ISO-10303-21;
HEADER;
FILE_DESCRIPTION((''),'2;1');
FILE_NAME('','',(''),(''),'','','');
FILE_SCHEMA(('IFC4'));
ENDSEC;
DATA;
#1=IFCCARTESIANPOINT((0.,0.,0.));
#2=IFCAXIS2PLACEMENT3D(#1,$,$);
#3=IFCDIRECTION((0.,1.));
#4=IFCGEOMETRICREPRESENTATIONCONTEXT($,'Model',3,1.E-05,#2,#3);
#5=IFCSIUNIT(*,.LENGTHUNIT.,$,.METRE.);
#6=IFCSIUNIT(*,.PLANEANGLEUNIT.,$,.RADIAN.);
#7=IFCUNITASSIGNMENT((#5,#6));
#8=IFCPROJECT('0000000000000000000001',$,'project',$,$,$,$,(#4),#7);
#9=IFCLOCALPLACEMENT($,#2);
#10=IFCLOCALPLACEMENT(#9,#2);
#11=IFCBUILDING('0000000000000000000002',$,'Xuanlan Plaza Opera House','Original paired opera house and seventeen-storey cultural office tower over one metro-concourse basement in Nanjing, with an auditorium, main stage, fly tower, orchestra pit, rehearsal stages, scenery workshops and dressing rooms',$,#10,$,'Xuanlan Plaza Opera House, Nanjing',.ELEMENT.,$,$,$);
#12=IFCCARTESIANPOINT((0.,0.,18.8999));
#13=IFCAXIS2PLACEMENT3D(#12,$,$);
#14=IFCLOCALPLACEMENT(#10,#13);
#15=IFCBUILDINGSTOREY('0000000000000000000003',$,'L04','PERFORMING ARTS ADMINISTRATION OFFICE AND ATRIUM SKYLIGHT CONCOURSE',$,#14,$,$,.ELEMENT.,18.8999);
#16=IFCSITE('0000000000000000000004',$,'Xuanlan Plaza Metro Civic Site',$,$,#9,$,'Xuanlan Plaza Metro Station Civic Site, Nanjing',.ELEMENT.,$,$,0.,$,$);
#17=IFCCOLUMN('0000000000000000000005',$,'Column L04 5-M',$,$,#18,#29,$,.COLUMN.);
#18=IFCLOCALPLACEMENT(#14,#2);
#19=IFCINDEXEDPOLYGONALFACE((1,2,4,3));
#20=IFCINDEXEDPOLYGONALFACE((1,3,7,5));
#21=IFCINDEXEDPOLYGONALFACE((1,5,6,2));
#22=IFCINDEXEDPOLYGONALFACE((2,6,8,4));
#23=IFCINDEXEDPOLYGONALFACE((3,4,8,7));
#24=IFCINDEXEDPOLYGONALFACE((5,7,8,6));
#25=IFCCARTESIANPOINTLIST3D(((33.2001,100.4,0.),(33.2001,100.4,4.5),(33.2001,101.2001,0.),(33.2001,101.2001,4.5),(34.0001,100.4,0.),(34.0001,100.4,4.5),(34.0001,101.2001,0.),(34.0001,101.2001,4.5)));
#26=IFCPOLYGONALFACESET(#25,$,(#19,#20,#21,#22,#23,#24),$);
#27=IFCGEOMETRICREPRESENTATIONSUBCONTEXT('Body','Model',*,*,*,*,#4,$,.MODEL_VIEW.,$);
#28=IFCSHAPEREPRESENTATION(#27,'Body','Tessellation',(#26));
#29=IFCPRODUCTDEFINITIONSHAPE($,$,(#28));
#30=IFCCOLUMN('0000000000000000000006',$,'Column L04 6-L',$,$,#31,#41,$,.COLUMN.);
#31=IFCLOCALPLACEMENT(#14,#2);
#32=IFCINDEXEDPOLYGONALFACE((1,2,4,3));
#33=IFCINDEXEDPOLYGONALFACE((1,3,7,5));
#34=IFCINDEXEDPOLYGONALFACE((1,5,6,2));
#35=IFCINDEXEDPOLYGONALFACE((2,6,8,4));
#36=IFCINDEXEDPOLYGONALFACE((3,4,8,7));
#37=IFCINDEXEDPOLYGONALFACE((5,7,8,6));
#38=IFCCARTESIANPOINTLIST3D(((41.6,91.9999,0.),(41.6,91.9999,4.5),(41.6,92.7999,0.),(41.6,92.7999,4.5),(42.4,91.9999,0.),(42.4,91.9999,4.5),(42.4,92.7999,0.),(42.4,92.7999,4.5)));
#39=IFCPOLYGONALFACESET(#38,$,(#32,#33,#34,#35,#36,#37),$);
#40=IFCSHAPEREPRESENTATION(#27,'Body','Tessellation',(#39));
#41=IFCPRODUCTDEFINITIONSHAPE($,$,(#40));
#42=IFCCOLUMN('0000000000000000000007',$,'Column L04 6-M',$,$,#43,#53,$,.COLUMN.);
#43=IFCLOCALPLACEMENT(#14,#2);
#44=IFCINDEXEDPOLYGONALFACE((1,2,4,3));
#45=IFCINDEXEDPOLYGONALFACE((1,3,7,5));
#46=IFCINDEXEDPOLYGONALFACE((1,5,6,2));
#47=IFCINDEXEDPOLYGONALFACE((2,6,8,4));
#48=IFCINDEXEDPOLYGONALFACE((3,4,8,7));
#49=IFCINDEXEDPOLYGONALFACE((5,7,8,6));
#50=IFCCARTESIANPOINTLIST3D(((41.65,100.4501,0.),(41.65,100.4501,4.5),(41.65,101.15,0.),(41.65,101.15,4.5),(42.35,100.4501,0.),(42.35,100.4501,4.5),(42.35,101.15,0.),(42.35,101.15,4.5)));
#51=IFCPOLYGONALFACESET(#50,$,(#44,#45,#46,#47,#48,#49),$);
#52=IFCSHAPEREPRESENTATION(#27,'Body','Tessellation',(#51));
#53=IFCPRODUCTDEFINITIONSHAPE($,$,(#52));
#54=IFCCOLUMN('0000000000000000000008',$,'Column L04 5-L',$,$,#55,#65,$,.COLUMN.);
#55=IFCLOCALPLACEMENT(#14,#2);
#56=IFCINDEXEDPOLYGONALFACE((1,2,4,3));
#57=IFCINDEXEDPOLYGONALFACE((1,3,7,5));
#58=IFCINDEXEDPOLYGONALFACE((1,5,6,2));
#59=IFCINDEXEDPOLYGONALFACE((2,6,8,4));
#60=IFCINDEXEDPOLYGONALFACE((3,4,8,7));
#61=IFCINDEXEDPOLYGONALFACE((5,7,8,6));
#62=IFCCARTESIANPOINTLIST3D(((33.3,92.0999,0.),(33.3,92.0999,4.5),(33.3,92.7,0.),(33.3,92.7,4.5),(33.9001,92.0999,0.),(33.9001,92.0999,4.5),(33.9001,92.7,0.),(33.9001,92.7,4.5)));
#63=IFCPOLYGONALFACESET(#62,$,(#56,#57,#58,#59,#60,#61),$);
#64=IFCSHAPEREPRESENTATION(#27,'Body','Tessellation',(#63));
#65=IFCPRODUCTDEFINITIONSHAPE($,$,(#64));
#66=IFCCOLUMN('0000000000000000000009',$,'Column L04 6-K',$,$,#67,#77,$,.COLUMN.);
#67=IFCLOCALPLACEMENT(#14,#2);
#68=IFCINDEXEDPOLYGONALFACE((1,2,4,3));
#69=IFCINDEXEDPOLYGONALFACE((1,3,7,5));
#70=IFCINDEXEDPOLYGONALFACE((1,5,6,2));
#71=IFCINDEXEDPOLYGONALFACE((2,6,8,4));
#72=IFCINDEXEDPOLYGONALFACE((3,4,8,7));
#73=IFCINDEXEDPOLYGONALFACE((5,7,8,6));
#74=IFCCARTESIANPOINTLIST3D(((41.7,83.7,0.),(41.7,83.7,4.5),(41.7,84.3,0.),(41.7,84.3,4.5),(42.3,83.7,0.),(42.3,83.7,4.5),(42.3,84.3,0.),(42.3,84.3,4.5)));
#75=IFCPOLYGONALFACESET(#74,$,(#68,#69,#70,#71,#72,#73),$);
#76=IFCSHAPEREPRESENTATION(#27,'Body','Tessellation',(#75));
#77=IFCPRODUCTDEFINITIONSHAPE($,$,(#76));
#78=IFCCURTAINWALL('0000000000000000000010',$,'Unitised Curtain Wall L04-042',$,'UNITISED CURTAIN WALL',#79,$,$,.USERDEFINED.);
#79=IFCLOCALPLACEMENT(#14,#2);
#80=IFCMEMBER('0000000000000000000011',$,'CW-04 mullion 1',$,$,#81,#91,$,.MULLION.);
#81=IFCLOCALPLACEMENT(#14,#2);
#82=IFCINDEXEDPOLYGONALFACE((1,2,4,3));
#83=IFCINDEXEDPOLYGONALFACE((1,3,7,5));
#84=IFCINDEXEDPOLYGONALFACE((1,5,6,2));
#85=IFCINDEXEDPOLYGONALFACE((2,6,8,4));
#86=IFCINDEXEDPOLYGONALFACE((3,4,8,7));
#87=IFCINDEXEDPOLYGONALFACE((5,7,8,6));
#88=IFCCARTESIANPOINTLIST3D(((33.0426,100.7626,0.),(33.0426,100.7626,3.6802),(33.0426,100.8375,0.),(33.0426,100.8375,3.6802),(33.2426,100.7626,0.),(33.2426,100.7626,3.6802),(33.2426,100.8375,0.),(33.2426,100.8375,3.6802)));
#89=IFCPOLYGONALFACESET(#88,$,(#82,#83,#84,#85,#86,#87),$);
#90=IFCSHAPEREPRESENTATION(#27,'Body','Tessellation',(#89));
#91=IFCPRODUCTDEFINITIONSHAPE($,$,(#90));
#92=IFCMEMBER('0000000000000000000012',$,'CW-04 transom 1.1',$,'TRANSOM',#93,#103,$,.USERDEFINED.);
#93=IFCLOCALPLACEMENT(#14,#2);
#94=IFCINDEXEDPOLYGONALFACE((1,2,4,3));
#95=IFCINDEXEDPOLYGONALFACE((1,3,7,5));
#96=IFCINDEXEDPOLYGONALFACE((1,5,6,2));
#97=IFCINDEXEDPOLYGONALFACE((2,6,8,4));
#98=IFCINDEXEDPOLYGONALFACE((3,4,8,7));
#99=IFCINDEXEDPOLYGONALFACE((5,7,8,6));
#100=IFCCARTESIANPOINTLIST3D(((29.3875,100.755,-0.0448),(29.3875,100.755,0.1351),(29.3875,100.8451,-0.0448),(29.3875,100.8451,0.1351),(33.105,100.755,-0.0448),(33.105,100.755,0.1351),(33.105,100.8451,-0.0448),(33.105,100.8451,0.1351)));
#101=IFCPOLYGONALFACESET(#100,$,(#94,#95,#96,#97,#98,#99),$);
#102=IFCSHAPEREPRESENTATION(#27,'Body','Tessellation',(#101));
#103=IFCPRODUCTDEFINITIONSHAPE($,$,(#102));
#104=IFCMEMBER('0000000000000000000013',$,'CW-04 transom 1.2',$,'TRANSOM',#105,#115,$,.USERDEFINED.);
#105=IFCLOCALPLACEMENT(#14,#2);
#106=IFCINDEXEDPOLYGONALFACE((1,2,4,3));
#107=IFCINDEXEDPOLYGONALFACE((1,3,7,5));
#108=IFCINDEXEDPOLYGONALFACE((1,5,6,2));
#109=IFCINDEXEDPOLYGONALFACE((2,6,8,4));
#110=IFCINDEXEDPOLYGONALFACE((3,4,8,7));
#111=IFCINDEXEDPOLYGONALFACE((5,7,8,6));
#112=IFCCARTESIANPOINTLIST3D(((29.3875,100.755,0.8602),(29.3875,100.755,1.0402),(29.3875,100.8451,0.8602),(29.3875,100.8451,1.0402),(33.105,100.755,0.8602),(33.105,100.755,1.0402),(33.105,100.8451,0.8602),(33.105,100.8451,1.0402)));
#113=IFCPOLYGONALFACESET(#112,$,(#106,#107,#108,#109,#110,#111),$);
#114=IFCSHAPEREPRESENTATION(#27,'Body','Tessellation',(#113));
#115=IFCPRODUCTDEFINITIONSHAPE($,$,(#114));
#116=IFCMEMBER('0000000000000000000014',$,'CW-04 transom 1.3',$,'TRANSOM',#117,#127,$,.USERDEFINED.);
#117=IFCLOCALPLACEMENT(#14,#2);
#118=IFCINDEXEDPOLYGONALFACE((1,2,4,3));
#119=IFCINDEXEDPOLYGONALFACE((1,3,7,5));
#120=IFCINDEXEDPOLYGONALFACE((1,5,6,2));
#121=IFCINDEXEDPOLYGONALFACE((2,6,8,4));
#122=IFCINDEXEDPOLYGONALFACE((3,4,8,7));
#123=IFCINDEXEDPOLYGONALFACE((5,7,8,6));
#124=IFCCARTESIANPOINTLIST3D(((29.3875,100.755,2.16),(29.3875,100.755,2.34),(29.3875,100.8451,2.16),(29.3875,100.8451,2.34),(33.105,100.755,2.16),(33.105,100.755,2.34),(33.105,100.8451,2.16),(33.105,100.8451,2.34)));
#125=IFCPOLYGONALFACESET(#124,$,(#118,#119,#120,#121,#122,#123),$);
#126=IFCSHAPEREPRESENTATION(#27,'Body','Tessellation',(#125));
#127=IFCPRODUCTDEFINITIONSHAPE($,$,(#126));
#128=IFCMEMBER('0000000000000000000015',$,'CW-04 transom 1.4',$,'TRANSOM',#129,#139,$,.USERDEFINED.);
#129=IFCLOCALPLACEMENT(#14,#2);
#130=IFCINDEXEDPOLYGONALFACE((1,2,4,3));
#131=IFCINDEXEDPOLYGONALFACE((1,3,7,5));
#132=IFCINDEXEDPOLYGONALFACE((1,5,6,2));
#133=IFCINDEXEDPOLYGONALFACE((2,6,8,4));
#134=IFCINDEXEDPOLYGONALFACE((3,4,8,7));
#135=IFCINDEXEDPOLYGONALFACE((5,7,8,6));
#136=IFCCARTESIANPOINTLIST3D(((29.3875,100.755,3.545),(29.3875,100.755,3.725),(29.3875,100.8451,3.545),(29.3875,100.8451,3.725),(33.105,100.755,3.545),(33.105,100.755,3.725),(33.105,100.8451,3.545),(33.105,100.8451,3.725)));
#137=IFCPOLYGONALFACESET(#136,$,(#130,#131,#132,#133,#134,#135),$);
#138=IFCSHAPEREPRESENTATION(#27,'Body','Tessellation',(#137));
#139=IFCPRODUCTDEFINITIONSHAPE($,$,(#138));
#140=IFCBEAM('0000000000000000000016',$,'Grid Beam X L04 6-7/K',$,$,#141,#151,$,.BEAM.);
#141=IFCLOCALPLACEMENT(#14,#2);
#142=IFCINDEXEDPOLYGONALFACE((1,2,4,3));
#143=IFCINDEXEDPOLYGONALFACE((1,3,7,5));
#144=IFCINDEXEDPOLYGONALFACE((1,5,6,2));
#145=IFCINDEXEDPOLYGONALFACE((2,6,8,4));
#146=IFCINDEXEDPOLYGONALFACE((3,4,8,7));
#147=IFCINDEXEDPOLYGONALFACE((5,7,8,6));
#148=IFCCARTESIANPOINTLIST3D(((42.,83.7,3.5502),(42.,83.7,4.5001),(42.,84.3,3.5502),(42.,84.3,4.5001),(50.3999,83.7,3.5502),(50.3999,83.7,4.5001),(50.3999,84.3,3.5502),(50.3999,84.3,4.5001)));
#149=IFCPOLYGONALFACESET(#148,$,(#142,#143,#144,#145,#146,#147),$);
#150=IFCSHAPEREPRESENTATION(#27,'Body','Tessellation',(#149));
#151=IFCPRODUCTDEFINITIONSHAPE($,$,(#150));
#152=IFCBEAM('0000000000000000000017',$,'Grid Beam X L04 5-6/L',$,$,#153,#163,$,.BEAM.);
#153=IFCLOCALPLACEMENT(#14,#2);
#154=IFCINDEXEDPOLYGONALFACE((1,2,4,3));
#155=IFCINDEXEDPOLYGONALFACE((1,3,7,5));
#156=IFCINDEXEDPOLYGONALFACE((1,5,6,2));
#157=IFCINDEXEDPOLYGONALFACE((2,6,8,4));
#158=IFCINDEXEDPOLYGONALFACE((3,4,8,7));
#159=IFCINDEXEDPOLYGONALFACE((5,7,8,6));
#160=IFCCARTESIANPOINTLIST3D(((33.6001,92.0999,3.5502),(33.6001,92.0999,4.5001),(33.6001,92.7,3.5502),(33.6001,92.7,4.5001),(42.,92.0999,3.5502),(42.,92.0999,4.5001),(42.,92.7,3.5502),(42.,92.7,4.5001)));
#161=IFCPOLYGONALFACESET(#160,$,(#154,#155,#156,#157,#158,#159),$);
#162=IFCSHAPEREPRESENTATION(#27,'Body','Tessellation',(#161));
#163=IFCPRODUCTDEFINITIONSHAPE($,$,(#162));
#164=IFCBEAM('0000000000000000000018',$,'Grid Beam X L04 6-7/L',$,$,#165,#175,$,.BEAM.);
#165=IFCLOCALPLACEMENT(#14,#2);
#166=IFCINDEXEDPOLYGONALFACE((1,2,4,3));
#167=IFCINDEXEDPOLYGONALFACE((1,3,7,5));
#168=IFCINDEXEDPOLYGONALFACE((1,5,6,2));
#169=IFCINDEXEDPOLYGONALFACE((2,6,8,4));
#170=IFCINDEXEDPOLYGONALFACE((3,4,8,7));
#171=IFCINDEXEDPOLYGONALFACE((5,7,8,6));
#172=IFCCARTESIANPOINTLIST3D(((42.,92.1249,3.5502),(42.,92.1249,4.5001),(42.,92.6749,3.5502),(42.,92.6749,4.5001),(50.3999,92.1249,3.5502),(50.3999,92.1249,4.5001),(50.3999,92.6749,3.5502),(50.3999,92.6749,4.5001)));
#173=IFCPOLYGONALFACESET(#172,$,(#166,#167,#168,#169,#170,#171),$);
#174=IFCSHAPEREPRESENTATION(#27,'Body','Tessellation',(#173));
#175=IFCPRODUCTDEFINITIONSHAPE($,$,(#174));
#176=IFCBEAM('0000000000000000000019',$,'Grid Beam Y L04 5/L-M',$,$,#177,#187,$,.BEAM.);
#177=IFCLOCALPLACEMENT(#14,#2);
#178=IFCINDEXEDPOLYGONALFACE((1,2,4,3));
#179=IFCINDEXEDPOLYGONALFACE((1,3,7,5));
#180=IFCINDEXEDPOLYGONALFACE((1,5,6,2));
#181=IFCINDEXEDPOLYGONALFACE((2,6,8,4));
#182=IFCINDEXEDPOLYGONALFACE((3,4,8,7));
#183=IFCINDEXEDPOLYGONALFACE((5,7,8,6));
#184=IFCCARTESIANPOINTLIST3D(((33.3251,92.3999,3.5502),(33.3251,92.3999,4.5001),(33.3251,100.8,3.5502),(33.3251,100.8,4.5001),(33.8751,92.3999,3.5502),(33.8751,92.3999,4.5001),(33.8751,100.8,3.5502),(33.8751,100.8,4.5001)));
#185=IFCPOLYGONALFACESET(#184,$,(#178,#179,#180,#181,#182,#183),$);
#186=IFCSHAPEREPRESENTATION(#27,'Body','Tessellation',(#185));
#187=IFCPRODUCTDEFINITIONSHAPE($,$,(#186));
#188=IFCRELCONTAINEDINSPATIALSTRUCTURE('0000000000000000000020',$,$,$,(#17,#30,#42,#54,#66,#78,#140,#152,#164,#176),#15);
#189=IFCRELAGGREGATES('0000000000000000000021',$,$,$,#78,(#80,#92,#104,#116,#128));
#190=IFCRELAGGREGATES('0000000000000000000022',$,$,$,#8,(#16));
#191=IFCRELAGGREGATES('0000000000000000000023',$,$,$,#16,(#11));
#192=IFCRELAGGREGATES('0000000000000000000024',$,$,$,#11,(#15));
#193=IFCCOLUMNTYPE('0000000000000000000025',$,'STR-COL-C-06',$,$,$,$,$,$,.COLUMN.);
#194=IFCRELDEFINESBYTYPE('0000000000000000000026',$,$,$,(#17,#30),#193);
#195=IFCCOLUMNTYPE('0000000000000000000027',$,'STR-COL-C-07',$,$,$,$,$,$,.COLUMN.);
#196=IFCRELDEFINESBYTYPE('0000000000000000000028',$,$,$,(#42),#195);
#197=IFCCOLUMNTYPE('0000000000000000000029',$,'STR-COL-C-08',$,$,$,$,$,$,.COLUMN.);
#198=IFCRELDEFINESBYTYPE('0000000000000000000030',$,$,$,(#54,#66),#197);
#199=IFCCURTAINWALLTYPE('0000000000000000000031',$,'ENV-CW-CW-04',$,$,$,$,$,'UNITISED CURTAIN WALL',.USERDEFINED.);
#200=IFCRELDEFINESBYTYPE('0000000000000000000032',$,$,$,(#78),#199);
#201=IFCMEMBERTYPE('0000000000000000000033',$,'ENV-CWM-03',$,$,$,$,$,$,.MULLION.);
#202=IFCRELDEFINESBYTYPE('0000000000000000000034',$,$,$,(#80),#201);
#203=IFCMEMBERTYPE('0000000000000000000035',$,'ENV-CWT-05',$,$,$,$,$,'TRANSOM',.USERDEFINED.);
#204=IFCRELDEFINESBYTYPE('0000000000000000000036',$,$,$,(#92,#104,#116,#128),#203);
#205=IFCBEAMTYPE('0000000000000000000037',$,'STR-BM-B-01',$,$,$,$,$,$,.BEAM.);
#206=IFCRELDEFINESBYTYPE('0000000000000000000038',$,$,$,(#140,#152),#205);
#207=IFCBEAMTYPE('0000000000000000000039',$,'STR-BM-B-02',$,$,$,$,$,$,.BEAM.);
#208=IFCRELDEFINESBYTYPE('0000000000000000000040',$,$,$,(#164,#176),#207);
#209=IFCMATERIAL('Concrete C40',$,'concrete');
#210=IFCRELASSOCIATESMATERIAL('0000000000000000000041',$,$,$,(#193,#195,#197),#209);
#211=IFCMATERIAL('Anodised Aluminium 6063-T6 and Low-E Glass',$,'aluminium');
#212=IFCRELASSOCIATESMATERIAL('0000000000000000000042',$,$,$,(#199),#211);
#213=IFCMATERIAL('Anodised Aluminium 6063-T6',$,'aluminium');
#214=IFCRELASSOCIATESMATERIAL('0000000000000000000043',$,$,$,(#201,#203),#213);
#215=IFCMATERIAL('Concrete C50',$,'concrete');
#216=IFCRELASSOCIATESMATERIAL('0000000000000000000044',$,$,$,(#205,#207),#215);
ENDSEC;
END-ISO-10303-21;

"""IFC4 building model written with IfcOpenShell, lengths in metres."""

from ifc_helpers import new_model, si_unit, direction, frame, origin, origin_2d, place, context, subcontext, project, spatial, rectangle, extrude, material, material_profile, profile_set, type_object, element, aggregate, save


model = new_model("IFC4")

# Units and contexts
model_context = context("Model", 3, precision=1e-05, world=origin(), true_north=direction((0.0, 1.0)))
body_context = subcontext(model_context, "Body", "Model", "MODEL_VIEW")
ifc_project = project(units=[si_unit("LENGTHUNIT", "METRE"), si_unit("PLANEANGLEUNIT", "RADIAN")], contexts=[model_context])

# Site, building, storey
site_placement = place(None, origin())
site = spatial("IfcSite", under=ifc_project, at=site_placement, Name="Xuanlan Plaza Metro Civic Site", LongName="Xuanlan Plaza Metro Station Civic Site, Nanjing", CompositionType="ELEMENT", RefElevation=0.0)
building_placement = place(site_placement, origin())
building = spatial("IfcBuilding", under=site, at=building_placement, Name="Xuanlan Plaza Opera House", Description="Original paired opera house and seventeen-storey cultural office tower over one metro-concourse basement in Nanjing, with an auditorium, main stage, fly tower, orchestra pit, rehearsal stages, scenery workshops and dressing rooms", LongName="Xuanlan Plaza Opera House, Nanjing", CompositionType="ELEMENT")
storey_placement = place(building_placement, frame((0.0, 0.0, 18.8999)))
storey = spatial("IfcBuildingStorey", under=building, at=storey_placement, Name="L04", Description="PERFORMING ARTS ADMINISTRATION OFFICE AND ATRIUM SKYLIGHT CONCOURSE", CompositionType="ELEMENT", Elevation=18.8999)

# Columns
ifc_material_1 = material(Name="Concrete C40", Category="concrete")
ifc_material_profile_1 = material_profile(ifc_material_1, rectangle(XDim=0.8, YDim=0.8, at=origin_2d()), Name="RC-COL 800x800")
ifc_profile_set_1 = profile_set([ifc_material_profile_1], Name="Concrete C40")
column_type_1 = type_object("IfcColumnType", Name="STR-COL-C-06", PredefinedType="COLUMN", material=ifc_profile_set_1)
for number, where, z_axis, x_axis, name in (
    (1, (33.6001, 100.8, 0.0), (0.0, 0.0, 1.0), (1.0, 0.0, 0.0), "Column L04 5-M"),
    (2, (42.0, 92.3999, 0.0), (0.0, 0.0, 1.0), (1.0, 0.0, 0.0), "Column L04 6-L"),
):
    element("IfcColumn", number, at=place(storey_placement, frame(where, z_axis=z_axis, x_axis=x_axis)), inside=storey, type_object=column_type_1, Name=name, PredefinedType="COLUMN", context=body_context, shape_type="SweptSolid", body=[
        extrude(rectangle(XDim=0.8, YDim=0.8, at=origin_2d()), origin(), (0.0, 0.0, 1.0), 4.5),
    ])
ifc_material_profile_2 = material_profile(ifc_material_1, rectangle(XDim=0.7, YDim=0.7, at=origin_2d()), Name="RC-COL 700x700")
ifc_profile_set_2 = profile_set([ifc_material_profile_2], Name="Concrete C40")
column_type_2 = type_object("IfcColumnType", Name="STR-COL-C-07", PredefinedType="COLUMN", material=ifc_profile_set_2)
column_placement = place(storey_placement, frame((42.0, 100.8, 0.0), z_axis=(0.0, 0.0, 1.0), x_axis=(1.0, 0.0, 0.0)))
element("IfcColumn", 3, at=column_placement, inside=storey, type_object=column_type_2, Name="Column L04 6-M", PredefinedType="COLUMN", context=body_context, shape_type="SweptSolid", body=[
    extrude(rectangle(XDim=0.7, YDim=0.7, at=origin_2d()), origin(), (0.0, 0.0, 1.0), 4.5),
])
ifc_material_profile_3 = material_profile(ifc_material_1, rectangle(XDim=0.6001, YDim=0.6001, at=origin_2d()), Name="RC-COL 600x600")
ifc_profile_set_3 = profile_set([ifc_material_profile_3], Name="Concrete C40")
column_type_3 = type_object("IfcColumnType", Name="STR-COL-C-08", PredefinedType="COLUMN", material=ifc_profile_set_3)
for number, where, z_axis, x_axis, name in (
    (4, (33.6001, 92.3999, 0.0), (0.0, 0.0, 1.0), (1.0, 0.0, 0.0), "Column L04 5-L"),
    (5, (42.0, 84.0, 0.0), (0.0, 0.0, 1.0), (1.0, 0.0, 0.0), "Column L04 6-K"),
):
    element("IfcColumn", number, at=place(storey_placement, frame(where, z_axis=z_axis, x_axis=x_axis)), inside=storey, type_object=column_type_3, Name=name, PredefinedType="COLUMN", context=body_context, shape_type="SweptSolid", body=[
        extrude(rectangle(XDim=0.6001, YDim=0.6001, at=origin_2d()), origin(), (0.0, 0.0, 1.0), 4.5),
    ])

# Curtain wall, members
ifc_material_2 = material(Name="Anodised Aluminium 6063-T6 and Low-E Glass", Category="aluminium")
curtain_wall_type = type_object("IfcCurtainWallType", Name="ENV-CW-CW-04", ElementType="UNITISED CURTAIN WALL", PredefinedType="USERDEFINED", material=ifc_material_2)
curtain_wall_placement = place(storey_placement, origin())
curtain_wall = element("IfcCurtainWall", 6, at=curtain_wall_placement, inside=storey, type_object=curtain_wall_type, Name="Unitised Curtain Wall L04-042", ObjectType="UNITISED CURTAIN WALL", PredefinedType="USERDEFINED")
ifc_material_3 = material(Name="Anodised Aluminium 6063-T6", Category="aluminium")
ifc_material_profile_4 = material_profile(ifc_material_3, rectangle(XDim=0.075, YDim=0.2, at=origin_2d()), Name="ALU-M 75x200")
ifc_profile_set_4 = profile_set([ifc_material_profile_4], Name="Anodised Aluminium 6063-T6")
member_type_1 = type_object("IfcMemberType", Name="ENV-CWM-03", PredefinedType="MULLION", material=ifc_profile_set_4)
member_1_placement = place(storey_placement, frame((33.1426, 100.8, 0.0), z_axis=(0.0, 0.0, 1.0), x_axis=(0.0, -1.0, 0.0)))
member_1 = element("IfcMember", 7, at=member_1_placement, type_object=member_type_1, Name="CW-04 mullion 1", PredefinedType="MULLION", context=body_context, shape_type="SweptSolid", body=[
    extrude(rectangle(XDim=0.075, YDim=0.2, at=origin_2d()), origin(), (0.0, 0.0, 1.0), 3.6802),
])
ifc_material_profile_5 = material_profile(ifc_material_3, rectangle(XDim=0.0901, YDim=0.1799, at=origin_2d()), Name="ALU-T 90x180")
ifc_profile_set_5 = profile_set([ifc_material_profile_5], Name="Anodised Aluminium 6063-T6")
member_type_2 = type_object("IfcMemberType", Name="ENV-CWT-05", ElementType="TRANSOM", PredefinedType="USERDEFINED", material=ifc_profile_set_5)
member_2_placement = place(storey_placement, frame((33.105, 100.8, 0.0452), z_axis=(-1.0, 0.0, 0.0), x_axis=(0.0, -1.0, 0.0)))
member_2 = element("IfcMember", 8, at=member_2_placement, type_object=member_type_2, Name="CW-04 transom 1.1", ObjectType="TRANSOM", PredefinedType="USERDEFINED", context=body_context, shape_type="SweptSolid", body=[
    extrude(rectangle(XDim=0.0901, YDim=0.1799, at=origin_2d()), origin(), (0.0, 0.0, 1.0), 3.7175),
])
member_3_placement = place(storey_placement, frame((33.105, 100.8, 0.9502), z_axis=(-1.0, 0.0, 0.0), x_axis=(0.0, -1.0, 0.0)))
member_3 = element("IfcMember", 9, at=member_3_placement, type_object=member_type_2, Name="CW-04 transom 1.2", ObjectType="TRANSOM", PredefinedType="USERDEFINED", context=body_context, shape_type="SweptSolid", body=[
    extrude(rectangle(XDim=0.0901, YDim=0.1799, at=origin_2d()), origin(), (0.0, 0.0, 1.0), 3.7175),
])
member_4_placement = place(storey_placement, frame((33.105, 100.8, 2.25), z_axis=(-1.0, 0.0, 0.0), x_axis=(0.0, -1.0, 0.0)))
member_4 = element("IfcMember", 10, at=member_4_placement, type_object=member_type_2, Name="CW-04 transom 1.3", ObjectType="TRANSOM", PredefinedType="USERDEFINED", context=body_context, shape_type="SweptSolid", body=[
    extrude(rectangle(XDim=0.0901, YDim=0.1799, at=origin_2d()), origin(), (0.0, 0.0, 1.0), 3.7175),
])
member_5_placement = place(storey_placement, frame((33.105, 100.8, 3.635), z_axis=(-1.0, 0.0, 0.0), x_axis=(0.0, -1.0, 0.0)))
member_5 = element("IfcMember", 11, at=member_5_placement, type_object=member_type_2, Name="CW-04 transom 1.4", ObjectType="TRANSOM", PredefinedType="USERDEFINED", context=body_context, shape_type="SweptSolid", body=[
    extrude(rectangle(XDim=0.0901, YDim=0.1799, at=origin_2d()), origin(), (0.0, 0.0, 1.0), 3.7175),
])

# Beams
ifc_material_4 = material(Name="Concrete C50", Category="concrete")
ifc_material_profile_6 = material_profile(ifc_material_4, rectangle(XDim=0.6001, YDim=0.95, at=origin_2d()), Name="RC-BM 600x950")
ifc_profile_set_6 = profile_set([ifc_material_profile_6], Name="Concrete C50")
beam_type_1 = type_object("IfcBeamType", Name="STR-BM-B-01", PredefinedType="BEAM", material=ifc_profile_set_6)
for number, where, z_axis, x_axis, name in (
    (12, (42.0, 84.0, 4.0251), (1.0, 0.0, 0.0), (0.0, 1.0, 0.0), "Grid Beam X L04 6-7/K"),
    (13, (33.6001, 92.3999, 4.0251), (1.0, 0.0, 0.0), (0.0, 1.0, 0.0), "Grid Beam X L04 5-6/L"),
):
    element("IfcBeam", number, at=place(storey_placement, frame(where, z_axis=z_axis, x_axis=x_axis)), inside=storey, type_object=beam_type_1, Name=name, PredefinedType="BEAM", context=body_context, shape_type="SweptSolid", body=[
        extrude(rectangle(XDim=0.6001, YDim=0.95, at=origin_2d()), origin(), (0.0, 0.0, 1.0), 8.3999),
    ])
ifc_material_profile_7 = material_profile(ifc_material_4, rectangle(XDim=0.55, YDim=0.95, at=origin_2d()), Name="RC-BM 550x950")
ifc_profile_set_7 = profile_set([ifc_material_profile_7], Name="Concrete C50")
beam_type_2 = type_object("IfcBeamType", Name="STR-BM-B-02", PredefinedType="BEAM", material=ifc_profile_set_7)
beam_1_placement = place(storey_placement, frame((42.0, 92.3999, 4.0251), z_axis=(1.0, 0.0, 0.0), x_axis=(0.0, 1.0, 0.0)))
element("IfcBeam", 14, at=beam_1_placement, inside=storey, type_object=beam_type_2, Name="Grid Beam X L04 6-7/L", PredefinedType="BEAM", context=body_context, shape_type="SweptSolid", body=[
    extrude(rectangle(XDim=0.55, YDim=0.95, at=origin_2d()), origin(), (0.0, 0.0, 1.0), 8.3999),
])
beam_2_placement = place(storey_placement, frame((33.6001, 92.3999, 4.0251), z_axis=(0.0, 1.0, 0.0), x_axis=(-1.0, 0.0, 0.0)))
element("IfcBeam", 15, at=beam_2_placement, inside=storey, type_object=beam_type_2, Name="Grid Beam Y L04 5/L-M", PredefinedType="BEAM", context=body_context, shape_type="SweptSolid", body=[
    extrude(rectangle(XDim=0.55, YDim=0.95, at=origin_2d()), origin(), (0.0, 0.0, 1.0), 8.4001),
])

aggregate(curtain_wall, [member_1, member_2, member_3, member_4, member_5])

save(model, "model.ifc")
